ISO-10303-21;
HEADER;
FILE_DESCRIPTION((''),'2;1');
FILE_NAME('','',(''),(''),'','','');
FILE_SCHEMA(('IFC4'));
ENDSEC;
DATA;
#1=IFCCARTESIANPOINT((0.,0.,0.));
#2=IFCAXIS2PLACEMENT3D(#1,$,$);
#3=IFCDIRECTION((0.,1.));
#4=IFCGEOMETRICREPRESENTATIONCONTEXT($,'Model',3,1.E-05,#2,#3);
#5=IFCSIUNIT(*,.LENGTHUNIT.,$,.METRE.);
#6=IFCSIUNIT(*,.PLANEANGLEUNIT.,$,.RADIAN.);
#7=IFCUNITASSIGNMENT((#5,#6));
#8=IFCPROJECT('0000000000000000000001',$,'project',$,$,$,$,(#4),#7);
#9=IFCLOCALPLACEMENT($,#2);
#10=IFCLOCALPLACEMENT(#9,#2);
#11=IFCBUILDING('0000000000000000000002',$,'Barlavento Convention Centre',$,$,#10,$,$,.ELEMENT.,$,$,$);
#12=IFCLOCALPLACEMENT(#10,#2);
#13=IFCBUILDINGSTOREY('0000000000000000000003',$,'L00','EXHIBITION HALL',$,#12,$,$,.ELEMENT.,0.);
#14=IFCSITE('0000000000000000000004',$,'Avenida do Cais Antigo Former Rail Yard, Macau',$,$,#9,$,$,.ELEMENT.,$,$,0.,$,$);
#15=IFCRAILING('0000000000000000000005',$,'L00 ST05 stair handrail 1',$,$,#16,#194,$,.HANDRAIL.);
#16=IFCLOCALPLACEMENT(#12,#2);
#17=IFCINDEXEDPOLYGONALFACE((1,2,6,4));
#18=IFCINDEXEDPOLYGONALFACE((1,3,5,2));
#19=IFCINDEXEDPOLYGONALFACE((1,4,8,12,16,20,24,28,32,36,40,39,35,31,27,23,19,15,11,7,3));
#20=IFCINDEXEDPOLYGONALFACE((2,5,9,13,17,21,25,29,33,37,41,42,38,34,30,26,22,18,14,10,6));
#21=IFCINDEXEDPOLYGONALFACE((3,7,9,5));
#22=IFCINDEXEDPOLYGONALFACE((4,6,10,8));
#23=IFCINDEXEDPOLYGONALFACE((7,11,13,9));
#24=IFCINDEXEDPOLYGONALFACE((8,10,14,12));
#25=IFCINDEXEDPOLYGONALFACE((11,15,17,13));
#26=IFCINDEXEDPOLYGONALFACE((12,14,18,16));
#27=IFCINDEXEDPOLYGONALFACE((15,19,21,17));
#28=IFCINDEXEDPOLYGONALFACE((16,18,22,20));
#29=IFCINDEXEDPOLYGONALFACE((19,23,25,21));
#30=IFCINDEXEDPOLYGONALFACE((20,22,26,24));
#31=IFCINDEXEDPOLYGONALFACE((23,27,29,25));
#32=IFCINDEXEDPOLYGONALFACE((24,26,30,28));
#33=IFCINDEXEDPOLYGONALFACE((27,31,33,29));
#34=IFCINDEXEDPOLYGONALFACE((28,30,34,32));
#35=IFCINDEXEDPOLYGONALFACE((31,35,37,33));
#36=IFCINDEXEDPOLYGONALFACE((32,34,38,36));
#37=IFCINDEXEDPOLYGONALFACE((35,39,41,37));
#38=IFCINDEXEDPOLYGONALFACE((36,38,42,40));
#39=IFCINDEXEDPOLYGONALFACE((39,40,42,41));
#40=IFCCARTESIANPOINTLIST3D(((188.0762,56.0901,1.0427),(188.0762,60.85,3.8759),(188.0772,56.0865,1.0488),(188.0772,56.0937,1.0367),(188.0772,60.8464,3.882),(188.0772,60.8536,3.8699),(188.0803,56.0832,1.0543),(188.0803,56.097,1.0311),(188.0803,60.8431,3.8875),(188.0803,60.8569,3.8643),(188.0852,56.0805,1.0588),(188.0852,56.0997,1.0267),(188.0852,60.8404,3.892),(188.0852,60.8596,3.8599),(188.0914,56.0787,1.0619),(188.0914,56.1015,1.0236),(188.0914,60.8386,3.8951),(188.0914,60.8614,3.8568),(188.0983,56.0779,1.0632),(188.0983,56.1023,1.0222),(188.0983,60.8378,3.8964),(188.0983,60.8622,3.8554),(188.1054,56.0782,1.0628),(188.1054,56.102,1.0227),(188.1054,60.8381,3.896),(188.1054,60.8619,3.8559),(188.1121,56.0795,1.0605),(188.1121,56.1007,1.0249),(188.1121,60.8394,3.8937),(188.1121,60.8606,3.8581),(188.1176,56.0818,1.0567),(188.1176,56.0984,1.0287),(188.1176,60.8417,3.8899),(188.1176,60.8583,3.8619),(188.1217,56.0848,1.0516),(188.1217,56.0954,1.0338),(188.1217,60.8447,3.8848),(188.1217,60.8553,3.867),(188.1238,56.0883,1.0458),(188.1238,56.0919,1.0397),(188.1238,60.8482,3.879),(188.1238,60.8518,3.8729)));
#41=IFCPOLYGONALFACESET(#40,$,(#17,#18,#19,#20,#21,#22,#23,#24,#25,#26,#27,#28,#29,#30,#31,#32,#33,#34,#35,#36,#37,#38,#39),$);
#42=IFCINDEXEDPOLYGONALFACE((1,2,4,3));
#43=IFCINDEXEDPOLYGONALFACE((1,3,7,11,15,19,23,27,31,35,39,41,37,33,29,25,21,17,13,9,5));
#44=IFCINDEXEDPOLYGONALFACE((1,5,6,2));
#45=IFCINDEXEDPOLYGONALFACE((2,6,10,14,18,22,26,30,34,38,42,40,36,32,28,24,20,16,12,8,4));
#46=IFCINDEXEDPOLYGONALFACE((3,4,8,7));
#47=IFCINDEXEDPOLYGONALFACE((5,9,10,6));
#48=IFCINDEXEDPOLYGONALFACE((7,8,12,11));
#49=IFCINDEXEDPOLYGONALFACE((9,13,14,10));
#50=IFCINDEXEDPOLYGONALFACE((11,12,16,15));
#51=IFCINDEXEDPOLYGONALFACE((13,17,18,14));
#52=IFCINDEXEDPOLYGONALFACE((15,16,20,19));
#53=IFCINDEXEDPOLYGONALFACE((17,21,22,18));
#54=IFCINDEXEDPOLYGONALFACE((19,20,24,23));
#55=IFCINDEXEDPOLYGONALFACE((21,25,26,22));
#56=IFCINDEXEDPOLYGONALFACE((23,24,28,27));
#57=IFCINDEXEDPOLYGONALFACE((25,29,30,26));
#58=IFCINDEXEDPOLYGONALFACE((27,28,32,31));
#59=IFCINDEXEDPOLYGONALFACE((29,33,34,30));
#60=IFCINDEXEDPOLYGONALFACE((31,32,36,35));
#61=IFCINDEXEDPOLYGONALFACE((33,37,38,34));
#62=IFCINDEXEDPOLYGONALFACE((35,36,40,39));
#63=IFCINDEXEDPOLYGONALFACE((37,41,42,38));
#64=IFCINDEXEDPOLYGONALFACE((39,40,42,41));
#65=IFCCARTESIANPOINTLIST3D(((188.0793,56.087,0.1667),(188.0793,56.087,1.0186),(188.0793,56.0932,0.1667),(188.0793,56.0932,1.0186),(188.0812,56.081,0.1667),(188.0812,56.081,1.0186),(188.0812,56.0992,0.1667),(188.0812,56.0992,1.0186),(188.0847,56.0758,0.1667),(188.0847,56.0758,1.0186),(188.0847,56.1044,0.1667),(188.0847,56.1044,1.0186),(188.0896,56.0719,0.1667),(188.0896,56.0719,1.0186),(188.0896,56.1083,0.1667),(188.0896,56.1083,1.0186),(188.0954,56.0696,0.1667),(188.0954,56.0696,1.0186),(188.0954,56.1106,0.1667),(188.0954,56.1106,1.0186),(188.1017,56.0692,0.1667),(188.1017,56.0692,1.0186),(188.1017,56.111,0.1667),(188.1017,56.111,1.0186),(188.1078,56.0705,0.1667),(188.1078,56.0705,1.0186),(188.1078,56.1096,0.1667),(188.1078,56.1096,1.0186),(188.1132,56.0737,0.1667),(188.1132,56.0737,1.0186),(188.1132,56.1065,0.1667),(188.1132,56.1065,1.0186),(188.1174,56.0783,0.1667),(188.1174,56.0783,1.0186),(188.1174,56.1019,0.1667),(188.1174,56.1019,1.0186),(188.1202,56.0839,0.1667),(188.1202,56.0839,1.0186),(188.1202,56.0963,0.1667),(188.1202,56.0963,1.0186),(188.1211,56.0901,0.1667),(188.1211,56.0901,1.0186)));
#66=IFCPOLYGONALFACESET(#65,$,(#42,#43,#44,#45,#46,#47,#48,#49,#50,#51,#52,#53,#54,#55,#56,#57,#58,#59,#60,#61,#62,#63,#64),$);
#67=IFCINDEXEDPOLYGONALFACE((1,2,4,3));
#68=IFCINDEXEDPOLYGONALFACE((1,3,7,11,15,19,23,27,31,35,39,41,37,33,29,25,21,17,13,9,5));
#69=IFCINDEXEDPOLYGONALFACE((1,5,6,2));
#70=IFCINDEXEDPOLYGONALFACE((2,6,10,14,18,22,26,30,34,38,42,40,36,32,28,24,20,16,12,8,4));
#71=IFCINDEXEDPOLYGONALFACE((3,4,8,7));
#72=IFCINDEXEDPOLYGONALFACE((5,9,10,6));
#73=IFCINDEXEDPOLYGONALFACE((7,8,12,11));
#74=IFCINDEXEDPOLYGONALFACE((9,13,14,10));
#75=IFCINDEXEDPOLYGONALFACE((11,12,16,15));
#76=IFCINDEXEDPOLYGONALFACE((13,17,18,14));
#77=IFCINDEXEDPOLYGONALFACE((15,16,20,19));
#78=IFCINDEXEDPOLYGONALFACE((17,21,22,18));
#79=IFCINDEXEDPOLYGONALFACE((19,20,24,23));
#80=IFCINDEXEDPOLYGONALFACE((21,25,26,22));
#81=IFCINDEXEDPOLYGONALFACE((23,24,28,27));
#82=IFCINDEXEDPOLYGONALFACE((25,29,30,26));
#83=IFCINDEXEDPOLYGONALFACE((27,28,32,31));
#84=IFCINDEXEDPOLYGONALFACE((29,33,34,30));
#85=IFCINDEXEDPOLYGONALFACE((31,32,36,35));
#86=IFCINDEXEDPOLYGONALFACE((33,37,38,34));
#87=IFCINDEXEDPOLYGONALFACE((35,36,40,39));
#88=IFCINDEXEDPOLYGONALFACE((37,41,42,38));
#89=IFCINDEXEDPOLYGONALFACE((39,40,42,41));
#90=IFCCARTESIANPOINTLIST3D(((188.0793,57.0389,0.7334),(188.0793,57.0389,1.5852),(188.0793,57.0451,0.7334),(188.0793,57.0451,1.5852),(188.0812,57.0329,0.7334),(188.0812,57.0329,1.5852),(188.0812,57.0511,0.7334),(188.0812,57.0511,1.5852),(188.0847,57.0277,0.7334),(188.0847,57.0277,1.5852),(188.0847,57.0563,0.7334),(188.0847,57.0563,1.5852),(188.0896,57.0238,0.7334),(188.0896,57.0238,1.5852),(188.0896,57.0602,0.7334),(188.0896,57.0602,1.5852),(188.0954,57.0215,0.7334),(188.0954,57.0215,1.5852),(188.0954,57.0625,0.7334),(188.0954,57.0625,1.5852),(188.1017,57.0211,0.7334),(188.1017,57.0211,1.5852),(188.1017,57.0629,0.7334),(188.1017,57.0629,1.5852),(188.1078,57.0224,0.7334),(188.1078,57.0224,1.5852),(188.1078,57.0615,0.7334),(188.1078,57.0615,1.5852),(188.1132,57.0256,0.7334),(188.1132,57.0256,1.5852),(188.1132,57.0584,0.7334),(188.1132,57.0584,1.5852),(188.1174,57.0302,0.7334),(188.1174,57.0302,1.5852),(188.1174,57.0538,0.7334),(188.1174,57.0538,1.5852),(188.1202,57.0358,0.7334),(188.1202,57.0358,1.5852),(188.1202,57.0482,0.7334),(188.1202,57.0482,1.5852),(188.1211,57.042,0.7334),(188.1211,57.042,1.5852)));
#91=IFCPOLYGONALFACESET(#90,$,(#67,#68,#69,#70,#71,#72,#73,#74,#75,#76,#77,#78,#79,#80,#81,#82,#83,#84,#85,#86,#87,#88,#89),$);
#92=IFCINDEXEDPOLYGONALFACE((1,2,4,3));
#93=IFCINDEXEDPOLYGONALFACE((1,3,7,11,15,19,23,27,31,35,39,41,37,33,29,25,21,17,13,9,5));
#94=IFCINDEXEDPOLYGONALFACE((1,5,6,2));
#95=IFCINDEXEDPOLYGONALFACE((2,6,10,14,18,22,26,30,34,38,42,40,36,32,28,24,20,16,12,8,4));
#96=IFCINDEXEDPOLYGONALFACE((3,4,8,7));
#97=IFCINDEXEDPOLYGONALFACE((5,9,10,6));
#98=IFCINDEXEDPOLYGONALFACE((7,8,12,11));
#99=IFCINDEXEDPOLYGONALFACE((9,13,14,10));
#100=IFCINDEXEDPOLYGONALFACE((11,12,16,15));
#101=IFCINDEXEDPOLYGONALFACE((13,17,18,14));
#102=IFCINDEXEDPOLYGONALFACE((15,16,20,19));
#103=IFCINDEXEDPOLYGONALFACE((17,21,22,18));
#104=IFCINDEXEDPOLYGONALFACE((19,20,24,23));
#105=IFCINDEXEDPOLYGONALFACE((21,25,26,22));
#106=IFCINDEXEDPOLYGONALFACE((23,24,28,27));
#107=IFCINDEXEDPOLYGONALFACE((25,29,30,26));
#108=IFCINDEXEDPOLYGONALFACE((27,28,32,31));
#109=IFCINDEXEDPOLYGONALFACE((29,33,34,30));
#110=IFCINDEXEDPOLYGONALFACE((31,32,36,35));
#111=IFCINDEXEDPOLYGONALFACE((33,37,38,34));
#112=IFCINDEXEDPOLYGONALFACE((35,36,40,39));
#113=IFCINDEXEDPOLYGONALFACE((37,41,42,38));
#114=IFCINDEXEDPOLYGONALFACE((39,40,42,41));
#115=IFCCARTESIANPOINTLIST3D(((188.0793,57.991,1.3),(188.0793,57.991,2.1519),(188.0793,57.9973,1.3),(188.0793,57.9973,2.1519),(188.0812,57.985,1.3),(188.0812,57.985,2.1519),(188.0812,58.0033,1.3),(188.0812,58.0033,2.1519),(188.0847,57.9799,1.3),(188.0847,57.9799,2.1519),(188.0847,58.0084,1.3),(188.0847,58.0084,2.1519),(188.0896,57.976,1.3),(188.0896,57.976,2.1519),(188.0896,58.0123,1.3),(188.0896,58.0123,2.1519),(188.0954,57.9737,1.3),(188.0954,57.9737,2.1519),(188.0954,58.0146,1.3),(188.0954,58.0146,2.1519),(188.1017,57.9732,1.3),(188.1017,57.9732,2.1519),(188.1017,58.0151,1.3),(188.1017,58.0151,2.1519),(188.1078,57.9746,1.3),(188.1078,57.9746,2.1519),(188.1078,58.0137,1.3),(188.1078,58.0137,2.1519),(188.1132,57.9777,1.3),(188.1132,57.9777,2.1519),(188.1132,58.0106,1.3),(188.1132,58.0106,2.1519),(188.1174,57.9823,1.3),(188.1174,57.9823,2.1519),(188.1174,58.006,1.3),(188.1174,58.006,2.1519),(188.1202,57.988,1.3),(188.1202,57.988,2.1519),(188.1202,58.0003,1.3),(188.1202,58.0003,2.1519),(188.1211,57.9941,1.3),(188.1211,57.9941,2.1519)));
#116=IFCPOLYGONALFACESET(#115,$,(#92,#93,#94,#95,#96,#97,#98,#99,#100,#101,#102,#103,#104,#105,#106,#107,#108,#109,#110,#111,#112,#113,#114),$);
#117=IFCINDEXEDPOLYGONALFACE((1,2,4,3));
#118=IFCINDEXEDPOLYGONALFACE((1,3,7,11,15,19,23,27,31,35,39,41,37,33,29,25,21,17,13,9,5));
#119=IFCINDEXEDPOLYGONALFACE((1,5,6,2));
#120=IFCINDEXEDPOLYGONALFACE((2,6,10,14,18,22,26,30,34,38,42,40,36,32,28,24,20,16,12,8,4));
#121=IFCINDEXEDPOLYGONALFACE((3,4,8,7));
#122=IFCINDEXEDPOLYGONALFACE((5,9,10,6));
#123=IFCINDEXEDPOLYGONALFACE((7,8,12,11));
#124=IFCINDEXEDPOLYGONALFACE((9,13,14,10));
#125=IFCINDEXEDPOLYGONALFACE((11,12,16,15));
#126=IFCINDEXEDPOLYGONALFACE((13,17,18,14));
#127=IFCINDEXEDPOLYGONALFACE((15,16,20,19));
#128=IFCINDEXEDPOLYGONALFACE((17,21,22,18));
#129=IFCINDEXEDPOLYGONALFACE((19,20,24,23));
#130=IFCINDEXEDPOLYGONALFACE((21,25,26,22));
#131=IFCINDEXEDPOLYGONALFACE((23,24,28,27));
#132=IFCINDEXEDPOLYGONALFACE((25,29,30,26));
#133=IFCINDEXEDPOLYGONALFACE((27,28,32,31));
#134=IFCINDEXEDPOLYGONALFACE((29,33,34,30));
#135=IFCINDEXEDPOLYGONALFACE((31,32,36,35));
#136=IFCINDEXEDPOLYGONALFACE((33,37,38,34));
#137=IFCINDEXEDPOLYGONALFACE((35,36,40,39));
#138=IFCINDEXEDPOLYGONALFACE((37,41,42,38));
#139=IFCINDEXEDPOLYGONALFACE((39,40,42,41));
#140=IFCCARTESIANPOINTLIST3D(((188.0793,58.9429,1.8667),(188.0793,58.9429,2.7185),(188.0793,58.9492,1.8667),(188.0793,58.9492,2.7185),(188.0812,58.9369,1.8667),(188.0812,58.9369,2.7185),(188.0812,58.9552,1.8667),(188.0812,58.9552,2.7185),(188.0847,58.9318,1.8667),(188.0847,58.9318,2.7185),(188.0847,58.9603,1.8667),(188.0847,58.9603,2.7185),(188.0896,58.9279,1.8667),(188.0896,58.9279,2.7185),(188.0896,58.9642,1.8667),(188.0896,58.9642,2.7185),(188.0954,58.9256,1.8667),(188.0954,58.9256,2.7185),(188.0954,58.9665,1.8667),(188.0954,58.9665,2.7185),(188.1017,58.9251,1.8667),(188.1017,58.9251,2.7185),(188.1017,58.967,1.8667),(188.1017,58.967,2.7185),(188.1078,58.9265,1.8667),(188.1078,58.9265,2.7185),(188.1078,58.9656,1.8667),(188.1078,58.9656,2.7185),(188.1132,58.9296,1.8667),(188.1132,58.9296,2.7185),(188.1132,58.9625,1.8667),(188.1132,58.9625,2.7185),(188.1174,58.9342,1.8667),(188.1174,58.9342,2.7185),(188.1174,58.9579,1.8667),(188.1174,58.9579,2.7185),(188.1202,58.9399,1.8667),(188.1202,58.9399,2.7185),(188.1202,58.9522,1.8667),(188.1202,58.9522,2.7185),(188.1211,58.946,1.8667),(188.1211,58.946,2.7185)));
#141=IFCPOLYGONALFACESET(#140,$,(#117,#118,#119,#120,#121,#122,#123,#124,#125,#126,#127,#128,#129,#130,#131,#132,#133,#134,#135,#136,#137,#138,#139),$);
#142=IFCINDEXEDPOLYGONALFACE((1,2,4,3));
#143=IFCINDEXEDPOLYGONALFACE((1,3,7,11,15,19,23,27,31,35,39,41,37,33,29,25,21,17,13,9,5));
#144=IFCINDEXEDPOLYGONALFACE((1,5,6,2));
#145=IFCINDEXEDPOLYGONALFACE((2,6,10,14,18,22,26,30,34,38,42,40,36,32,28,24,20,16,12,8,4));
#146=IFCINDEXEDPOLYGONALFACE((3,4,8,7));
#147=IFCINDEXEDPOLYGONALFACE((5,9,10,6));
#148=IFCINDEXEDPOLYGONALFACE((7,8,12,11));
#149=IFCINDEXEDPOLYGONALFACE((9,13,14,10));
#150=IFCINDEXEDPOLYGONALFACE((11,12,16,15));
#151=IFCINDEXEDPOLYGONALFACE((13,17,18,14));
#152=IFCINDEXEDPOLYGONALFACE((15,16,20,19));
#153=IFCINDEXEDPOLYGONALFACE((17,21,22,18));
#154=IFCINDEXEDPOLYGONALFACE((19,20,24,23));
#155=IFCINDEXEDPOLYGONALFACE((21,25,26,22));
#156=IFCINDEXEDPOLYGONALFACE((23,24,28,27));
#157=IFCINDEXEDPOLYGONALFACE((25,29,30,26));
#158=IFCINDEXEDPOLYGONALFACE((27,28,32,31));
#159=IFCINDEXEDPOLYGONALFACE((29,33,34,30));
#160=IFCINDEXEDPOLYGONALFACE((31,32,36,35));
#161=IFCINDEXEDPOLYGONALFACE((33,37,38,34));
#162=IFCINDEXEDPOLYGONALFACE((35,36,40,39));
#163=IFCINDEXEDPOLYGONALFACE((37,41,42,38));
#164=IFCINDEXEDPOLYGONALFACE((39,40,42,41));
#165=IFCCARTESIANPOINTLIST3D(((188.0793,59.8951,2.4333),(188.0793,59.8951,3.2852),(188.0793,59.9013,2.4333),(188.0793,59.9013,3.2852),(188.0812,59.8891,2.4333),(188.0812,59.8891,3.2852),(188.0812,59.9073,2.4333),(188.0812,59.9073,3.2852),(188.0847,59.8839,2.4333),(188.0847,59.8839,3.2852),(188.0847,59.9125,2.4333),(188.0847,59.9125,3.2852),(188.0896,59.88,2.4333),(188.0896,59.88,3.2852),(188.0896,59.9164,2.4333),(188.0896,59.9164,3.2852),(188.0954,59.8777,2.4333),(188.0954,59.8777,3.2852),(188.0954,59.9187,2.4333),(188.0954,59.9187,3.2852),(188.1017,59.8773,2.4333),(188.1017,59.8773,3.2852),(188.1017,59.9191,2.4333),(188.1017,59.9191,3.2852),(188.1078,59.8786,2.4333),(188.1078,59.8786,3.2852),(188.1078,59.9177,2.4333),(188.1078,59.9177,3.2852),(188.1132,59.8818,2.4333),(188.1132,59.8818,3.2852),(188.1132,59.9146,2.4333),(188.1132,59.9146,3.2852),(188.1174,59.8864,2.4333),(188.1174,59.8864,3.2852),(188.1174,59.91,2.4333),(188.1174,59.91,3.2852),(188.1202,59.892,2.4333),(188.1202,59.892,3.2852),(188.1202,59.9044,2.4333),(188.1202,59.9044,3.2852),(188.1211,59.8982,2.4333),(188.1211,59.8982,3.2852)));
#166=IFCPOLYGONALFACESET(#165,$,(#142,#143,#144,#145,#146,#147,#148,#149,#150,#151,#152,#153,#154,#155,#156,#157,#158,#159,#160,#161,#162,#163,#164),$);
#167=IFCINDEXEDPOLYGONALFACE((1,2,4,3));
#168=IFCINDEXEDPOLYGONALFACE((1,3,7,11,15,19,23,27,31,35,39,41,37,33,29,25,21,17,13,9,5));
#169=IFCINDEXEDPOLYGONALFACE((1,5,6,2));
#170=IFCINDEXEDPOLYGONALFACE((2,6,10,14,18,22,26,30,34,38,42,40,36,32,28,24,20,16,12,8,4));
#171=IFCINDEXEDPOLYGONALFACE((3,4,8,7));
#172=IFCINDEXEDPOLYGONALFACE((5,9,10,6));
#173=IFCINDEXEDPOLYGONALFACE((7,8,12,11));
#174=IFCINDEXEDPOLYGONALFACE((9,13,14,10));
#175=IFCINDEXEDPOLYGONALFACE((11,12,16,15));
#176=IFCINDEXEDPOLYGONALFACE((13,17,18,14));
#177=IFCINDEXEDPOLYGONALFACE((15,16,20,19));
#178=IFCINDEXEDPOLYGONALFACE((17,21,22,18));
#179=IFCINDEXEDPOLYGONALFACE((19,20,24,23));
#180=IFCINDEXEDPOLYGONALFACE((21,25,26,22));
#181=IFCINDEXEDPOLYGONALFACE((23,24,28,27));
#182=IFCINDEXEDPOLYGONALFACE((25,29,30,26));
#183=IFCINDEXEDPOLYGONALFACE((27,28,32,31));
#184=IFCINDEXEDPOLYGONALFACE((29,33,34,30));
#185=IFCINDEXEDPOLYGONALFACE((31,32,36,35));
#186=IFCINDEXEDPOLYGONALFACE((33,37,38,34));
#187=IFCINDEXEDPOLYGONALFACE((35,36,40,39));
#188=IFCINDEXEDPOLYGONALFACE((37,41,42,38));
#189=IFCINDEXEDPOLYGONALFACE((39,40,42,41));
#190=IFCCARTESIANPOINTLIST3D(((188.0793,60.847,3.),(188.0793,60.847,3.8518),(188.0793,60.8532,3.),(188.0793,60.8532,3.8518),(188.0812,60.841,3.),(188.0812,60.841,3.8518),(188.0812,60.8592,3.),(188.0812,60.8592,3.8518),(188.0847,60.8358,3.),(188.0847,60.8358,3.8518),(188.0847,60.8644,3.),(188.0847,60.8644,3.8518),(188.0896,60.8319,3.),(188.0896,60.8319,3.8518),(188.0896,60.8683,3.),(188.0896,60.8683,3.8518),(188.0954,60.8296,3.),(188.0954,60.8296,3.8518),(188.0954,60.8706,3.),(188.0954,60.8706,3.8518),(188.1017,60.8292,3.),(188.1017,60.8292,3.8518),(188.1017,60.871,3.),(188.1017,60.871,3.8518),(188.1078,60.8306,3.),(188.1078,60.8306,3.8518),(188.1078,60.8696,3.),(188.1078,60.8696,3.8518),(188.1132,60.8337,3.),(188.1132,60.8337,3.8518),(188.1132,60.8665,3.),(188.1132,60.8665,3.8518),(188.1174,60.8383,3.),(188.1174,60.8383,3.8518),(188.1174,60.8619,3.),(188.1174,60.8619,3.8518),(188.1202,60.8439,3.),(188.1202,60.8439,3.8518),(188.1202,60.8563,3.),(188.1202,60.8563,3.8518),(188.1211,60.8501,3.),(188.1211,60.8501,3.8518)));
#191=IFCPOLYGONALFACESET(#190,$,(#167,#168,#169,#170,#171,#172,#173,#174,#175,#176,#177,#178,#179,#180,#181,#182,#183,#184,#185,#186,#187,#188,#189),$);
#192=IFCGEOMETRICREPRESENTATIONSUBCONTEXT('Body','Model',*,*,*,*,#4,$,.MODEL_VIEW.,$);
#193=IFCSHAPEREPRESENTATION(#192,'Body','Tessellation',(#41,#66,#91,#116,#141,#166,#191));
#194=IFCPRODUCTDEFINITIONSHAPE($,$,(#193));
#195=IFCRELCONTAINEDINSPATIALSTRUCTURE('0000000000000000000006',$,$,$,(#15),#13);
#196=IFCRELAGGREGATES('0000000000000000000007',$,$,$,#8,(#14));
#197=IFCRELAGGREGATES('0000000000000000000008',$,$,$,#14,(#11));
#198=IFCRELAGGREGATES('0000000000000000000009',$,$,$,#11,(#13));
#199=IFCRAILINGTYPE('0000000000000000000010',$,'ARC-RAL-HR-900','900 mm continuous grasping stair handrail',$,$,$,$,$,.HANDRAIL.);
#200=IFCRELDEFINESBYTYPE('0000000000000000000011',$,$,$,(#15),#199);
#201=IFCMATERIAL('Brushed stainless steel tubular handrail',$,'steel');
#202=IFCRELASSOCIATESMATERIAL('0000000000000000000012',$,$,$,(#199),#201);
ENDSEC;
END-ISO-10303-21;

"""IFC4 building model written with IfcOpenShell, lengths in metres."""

from ifc_helpers import new_model, si_unit, direction, frame, origin, origin_2d, place, context, subcontext, project, spatial, circle, extrude, material, type_object, element, save


model = new_model("IFC4")

# Units and contexts
model_context = context("Model", 3, precision=1e-05, world=origin(), true_north=direction((0.0, 1.0)))
body_context = subcontext(model_context, "Body", "Model", "MODEL_VIEW")
ifc_project = project(units=[si_unit("LENGTHUNIT", "METRE"), si_unit("PLANEANGLEUNIT", "RADIAN")], contexts=[model_context])

# Site, building, storey
site_placement = place(None, origin())
site = spatial("IfcSite", under=ifc_project, at=site_placement, Name="Avenida do Cais Antigo Former Rail Yard, Macau", CompositionType="ELEMENT", RefElevation=0.0)
building_placement = place(site_placement, origin())
building = spatial("IfcBuilding", under=site, at=building_placement, Name="Barlavento Convention Centre", CompositionType="ELEMENT")
storey_placement = place(building_placement, origin())
storey = spatial("IfcBuildingStorey", under=building, at=storey_placement, Name="L00", Description="EXHIBITION HALL", CompositionType="ELEMENT", Elevation=0.0)

# Railing
ifc_material_1 = material(Name="Brushed stainless steel tubular handrail", Category="steel")
railing_type_1 = type_object("IfcRailingType", Name="ARC-RAL-HR-900", Description="900 mm continuous grasping stair handrail", PredefinedType="HANDRAIL", material=ifc_material_1)
railing_1_placement = place(storey_placement, frame((188.1001, 56.0901, 0.1667)))
element("IfcRailing", 1, at=railing_1_placement, inside=storey, type_object=railing_type_1, Name="L00 ST05 stair handrail 1", PredefinedType="HANDRAIL", context=body_context, shape_type="SweptSolid", body=[
    extrude(circle(Radius=0.0239, at=origin_2d()), frame((0.0, 0.0, 0.876), z_axis=(0.0, 0.8593, 0.511472), x_axis=(-1.0, 0.0, 0.0)), (0.0, 0.0, 1.0), 5.5393),
    extrude(circle(Radius=0.021, at=origin_2d()), origin(), (0.0, 0.0, 1.0), 0.8518),
    extrude(circle(Radius=0.021, at=origin_2d()), frame((0.0, 0.9519, 0.5667)), (0.0, 0.0, 1.0), 0.8518),
    extrude(circle(Radius=0.021, at=origin_2d()), frame((0.0, 1.9041, 1.1333)), (0.0, 0.0, 1.0), 0.8518),
    extrude(circle(Radius=0.021, at=origin_2d()), frame((0.0, 2.856, 1.7)), (0.0, 0.0, 1.0), 0.8518),
    extrude(circle(Radius=0.021, at=origin_2d()), frame((0.0, 3.8081, 2.2666)), (0.0, 0.0, 1.0), 0.8518),
    extrude(circle(Radius=0.021, at=origin_2d()), frame((0.0, 4.76, 2.8333)), (0.0, 0.0, 1.0), 0.8518),
])

save(model, "model.ifc")
